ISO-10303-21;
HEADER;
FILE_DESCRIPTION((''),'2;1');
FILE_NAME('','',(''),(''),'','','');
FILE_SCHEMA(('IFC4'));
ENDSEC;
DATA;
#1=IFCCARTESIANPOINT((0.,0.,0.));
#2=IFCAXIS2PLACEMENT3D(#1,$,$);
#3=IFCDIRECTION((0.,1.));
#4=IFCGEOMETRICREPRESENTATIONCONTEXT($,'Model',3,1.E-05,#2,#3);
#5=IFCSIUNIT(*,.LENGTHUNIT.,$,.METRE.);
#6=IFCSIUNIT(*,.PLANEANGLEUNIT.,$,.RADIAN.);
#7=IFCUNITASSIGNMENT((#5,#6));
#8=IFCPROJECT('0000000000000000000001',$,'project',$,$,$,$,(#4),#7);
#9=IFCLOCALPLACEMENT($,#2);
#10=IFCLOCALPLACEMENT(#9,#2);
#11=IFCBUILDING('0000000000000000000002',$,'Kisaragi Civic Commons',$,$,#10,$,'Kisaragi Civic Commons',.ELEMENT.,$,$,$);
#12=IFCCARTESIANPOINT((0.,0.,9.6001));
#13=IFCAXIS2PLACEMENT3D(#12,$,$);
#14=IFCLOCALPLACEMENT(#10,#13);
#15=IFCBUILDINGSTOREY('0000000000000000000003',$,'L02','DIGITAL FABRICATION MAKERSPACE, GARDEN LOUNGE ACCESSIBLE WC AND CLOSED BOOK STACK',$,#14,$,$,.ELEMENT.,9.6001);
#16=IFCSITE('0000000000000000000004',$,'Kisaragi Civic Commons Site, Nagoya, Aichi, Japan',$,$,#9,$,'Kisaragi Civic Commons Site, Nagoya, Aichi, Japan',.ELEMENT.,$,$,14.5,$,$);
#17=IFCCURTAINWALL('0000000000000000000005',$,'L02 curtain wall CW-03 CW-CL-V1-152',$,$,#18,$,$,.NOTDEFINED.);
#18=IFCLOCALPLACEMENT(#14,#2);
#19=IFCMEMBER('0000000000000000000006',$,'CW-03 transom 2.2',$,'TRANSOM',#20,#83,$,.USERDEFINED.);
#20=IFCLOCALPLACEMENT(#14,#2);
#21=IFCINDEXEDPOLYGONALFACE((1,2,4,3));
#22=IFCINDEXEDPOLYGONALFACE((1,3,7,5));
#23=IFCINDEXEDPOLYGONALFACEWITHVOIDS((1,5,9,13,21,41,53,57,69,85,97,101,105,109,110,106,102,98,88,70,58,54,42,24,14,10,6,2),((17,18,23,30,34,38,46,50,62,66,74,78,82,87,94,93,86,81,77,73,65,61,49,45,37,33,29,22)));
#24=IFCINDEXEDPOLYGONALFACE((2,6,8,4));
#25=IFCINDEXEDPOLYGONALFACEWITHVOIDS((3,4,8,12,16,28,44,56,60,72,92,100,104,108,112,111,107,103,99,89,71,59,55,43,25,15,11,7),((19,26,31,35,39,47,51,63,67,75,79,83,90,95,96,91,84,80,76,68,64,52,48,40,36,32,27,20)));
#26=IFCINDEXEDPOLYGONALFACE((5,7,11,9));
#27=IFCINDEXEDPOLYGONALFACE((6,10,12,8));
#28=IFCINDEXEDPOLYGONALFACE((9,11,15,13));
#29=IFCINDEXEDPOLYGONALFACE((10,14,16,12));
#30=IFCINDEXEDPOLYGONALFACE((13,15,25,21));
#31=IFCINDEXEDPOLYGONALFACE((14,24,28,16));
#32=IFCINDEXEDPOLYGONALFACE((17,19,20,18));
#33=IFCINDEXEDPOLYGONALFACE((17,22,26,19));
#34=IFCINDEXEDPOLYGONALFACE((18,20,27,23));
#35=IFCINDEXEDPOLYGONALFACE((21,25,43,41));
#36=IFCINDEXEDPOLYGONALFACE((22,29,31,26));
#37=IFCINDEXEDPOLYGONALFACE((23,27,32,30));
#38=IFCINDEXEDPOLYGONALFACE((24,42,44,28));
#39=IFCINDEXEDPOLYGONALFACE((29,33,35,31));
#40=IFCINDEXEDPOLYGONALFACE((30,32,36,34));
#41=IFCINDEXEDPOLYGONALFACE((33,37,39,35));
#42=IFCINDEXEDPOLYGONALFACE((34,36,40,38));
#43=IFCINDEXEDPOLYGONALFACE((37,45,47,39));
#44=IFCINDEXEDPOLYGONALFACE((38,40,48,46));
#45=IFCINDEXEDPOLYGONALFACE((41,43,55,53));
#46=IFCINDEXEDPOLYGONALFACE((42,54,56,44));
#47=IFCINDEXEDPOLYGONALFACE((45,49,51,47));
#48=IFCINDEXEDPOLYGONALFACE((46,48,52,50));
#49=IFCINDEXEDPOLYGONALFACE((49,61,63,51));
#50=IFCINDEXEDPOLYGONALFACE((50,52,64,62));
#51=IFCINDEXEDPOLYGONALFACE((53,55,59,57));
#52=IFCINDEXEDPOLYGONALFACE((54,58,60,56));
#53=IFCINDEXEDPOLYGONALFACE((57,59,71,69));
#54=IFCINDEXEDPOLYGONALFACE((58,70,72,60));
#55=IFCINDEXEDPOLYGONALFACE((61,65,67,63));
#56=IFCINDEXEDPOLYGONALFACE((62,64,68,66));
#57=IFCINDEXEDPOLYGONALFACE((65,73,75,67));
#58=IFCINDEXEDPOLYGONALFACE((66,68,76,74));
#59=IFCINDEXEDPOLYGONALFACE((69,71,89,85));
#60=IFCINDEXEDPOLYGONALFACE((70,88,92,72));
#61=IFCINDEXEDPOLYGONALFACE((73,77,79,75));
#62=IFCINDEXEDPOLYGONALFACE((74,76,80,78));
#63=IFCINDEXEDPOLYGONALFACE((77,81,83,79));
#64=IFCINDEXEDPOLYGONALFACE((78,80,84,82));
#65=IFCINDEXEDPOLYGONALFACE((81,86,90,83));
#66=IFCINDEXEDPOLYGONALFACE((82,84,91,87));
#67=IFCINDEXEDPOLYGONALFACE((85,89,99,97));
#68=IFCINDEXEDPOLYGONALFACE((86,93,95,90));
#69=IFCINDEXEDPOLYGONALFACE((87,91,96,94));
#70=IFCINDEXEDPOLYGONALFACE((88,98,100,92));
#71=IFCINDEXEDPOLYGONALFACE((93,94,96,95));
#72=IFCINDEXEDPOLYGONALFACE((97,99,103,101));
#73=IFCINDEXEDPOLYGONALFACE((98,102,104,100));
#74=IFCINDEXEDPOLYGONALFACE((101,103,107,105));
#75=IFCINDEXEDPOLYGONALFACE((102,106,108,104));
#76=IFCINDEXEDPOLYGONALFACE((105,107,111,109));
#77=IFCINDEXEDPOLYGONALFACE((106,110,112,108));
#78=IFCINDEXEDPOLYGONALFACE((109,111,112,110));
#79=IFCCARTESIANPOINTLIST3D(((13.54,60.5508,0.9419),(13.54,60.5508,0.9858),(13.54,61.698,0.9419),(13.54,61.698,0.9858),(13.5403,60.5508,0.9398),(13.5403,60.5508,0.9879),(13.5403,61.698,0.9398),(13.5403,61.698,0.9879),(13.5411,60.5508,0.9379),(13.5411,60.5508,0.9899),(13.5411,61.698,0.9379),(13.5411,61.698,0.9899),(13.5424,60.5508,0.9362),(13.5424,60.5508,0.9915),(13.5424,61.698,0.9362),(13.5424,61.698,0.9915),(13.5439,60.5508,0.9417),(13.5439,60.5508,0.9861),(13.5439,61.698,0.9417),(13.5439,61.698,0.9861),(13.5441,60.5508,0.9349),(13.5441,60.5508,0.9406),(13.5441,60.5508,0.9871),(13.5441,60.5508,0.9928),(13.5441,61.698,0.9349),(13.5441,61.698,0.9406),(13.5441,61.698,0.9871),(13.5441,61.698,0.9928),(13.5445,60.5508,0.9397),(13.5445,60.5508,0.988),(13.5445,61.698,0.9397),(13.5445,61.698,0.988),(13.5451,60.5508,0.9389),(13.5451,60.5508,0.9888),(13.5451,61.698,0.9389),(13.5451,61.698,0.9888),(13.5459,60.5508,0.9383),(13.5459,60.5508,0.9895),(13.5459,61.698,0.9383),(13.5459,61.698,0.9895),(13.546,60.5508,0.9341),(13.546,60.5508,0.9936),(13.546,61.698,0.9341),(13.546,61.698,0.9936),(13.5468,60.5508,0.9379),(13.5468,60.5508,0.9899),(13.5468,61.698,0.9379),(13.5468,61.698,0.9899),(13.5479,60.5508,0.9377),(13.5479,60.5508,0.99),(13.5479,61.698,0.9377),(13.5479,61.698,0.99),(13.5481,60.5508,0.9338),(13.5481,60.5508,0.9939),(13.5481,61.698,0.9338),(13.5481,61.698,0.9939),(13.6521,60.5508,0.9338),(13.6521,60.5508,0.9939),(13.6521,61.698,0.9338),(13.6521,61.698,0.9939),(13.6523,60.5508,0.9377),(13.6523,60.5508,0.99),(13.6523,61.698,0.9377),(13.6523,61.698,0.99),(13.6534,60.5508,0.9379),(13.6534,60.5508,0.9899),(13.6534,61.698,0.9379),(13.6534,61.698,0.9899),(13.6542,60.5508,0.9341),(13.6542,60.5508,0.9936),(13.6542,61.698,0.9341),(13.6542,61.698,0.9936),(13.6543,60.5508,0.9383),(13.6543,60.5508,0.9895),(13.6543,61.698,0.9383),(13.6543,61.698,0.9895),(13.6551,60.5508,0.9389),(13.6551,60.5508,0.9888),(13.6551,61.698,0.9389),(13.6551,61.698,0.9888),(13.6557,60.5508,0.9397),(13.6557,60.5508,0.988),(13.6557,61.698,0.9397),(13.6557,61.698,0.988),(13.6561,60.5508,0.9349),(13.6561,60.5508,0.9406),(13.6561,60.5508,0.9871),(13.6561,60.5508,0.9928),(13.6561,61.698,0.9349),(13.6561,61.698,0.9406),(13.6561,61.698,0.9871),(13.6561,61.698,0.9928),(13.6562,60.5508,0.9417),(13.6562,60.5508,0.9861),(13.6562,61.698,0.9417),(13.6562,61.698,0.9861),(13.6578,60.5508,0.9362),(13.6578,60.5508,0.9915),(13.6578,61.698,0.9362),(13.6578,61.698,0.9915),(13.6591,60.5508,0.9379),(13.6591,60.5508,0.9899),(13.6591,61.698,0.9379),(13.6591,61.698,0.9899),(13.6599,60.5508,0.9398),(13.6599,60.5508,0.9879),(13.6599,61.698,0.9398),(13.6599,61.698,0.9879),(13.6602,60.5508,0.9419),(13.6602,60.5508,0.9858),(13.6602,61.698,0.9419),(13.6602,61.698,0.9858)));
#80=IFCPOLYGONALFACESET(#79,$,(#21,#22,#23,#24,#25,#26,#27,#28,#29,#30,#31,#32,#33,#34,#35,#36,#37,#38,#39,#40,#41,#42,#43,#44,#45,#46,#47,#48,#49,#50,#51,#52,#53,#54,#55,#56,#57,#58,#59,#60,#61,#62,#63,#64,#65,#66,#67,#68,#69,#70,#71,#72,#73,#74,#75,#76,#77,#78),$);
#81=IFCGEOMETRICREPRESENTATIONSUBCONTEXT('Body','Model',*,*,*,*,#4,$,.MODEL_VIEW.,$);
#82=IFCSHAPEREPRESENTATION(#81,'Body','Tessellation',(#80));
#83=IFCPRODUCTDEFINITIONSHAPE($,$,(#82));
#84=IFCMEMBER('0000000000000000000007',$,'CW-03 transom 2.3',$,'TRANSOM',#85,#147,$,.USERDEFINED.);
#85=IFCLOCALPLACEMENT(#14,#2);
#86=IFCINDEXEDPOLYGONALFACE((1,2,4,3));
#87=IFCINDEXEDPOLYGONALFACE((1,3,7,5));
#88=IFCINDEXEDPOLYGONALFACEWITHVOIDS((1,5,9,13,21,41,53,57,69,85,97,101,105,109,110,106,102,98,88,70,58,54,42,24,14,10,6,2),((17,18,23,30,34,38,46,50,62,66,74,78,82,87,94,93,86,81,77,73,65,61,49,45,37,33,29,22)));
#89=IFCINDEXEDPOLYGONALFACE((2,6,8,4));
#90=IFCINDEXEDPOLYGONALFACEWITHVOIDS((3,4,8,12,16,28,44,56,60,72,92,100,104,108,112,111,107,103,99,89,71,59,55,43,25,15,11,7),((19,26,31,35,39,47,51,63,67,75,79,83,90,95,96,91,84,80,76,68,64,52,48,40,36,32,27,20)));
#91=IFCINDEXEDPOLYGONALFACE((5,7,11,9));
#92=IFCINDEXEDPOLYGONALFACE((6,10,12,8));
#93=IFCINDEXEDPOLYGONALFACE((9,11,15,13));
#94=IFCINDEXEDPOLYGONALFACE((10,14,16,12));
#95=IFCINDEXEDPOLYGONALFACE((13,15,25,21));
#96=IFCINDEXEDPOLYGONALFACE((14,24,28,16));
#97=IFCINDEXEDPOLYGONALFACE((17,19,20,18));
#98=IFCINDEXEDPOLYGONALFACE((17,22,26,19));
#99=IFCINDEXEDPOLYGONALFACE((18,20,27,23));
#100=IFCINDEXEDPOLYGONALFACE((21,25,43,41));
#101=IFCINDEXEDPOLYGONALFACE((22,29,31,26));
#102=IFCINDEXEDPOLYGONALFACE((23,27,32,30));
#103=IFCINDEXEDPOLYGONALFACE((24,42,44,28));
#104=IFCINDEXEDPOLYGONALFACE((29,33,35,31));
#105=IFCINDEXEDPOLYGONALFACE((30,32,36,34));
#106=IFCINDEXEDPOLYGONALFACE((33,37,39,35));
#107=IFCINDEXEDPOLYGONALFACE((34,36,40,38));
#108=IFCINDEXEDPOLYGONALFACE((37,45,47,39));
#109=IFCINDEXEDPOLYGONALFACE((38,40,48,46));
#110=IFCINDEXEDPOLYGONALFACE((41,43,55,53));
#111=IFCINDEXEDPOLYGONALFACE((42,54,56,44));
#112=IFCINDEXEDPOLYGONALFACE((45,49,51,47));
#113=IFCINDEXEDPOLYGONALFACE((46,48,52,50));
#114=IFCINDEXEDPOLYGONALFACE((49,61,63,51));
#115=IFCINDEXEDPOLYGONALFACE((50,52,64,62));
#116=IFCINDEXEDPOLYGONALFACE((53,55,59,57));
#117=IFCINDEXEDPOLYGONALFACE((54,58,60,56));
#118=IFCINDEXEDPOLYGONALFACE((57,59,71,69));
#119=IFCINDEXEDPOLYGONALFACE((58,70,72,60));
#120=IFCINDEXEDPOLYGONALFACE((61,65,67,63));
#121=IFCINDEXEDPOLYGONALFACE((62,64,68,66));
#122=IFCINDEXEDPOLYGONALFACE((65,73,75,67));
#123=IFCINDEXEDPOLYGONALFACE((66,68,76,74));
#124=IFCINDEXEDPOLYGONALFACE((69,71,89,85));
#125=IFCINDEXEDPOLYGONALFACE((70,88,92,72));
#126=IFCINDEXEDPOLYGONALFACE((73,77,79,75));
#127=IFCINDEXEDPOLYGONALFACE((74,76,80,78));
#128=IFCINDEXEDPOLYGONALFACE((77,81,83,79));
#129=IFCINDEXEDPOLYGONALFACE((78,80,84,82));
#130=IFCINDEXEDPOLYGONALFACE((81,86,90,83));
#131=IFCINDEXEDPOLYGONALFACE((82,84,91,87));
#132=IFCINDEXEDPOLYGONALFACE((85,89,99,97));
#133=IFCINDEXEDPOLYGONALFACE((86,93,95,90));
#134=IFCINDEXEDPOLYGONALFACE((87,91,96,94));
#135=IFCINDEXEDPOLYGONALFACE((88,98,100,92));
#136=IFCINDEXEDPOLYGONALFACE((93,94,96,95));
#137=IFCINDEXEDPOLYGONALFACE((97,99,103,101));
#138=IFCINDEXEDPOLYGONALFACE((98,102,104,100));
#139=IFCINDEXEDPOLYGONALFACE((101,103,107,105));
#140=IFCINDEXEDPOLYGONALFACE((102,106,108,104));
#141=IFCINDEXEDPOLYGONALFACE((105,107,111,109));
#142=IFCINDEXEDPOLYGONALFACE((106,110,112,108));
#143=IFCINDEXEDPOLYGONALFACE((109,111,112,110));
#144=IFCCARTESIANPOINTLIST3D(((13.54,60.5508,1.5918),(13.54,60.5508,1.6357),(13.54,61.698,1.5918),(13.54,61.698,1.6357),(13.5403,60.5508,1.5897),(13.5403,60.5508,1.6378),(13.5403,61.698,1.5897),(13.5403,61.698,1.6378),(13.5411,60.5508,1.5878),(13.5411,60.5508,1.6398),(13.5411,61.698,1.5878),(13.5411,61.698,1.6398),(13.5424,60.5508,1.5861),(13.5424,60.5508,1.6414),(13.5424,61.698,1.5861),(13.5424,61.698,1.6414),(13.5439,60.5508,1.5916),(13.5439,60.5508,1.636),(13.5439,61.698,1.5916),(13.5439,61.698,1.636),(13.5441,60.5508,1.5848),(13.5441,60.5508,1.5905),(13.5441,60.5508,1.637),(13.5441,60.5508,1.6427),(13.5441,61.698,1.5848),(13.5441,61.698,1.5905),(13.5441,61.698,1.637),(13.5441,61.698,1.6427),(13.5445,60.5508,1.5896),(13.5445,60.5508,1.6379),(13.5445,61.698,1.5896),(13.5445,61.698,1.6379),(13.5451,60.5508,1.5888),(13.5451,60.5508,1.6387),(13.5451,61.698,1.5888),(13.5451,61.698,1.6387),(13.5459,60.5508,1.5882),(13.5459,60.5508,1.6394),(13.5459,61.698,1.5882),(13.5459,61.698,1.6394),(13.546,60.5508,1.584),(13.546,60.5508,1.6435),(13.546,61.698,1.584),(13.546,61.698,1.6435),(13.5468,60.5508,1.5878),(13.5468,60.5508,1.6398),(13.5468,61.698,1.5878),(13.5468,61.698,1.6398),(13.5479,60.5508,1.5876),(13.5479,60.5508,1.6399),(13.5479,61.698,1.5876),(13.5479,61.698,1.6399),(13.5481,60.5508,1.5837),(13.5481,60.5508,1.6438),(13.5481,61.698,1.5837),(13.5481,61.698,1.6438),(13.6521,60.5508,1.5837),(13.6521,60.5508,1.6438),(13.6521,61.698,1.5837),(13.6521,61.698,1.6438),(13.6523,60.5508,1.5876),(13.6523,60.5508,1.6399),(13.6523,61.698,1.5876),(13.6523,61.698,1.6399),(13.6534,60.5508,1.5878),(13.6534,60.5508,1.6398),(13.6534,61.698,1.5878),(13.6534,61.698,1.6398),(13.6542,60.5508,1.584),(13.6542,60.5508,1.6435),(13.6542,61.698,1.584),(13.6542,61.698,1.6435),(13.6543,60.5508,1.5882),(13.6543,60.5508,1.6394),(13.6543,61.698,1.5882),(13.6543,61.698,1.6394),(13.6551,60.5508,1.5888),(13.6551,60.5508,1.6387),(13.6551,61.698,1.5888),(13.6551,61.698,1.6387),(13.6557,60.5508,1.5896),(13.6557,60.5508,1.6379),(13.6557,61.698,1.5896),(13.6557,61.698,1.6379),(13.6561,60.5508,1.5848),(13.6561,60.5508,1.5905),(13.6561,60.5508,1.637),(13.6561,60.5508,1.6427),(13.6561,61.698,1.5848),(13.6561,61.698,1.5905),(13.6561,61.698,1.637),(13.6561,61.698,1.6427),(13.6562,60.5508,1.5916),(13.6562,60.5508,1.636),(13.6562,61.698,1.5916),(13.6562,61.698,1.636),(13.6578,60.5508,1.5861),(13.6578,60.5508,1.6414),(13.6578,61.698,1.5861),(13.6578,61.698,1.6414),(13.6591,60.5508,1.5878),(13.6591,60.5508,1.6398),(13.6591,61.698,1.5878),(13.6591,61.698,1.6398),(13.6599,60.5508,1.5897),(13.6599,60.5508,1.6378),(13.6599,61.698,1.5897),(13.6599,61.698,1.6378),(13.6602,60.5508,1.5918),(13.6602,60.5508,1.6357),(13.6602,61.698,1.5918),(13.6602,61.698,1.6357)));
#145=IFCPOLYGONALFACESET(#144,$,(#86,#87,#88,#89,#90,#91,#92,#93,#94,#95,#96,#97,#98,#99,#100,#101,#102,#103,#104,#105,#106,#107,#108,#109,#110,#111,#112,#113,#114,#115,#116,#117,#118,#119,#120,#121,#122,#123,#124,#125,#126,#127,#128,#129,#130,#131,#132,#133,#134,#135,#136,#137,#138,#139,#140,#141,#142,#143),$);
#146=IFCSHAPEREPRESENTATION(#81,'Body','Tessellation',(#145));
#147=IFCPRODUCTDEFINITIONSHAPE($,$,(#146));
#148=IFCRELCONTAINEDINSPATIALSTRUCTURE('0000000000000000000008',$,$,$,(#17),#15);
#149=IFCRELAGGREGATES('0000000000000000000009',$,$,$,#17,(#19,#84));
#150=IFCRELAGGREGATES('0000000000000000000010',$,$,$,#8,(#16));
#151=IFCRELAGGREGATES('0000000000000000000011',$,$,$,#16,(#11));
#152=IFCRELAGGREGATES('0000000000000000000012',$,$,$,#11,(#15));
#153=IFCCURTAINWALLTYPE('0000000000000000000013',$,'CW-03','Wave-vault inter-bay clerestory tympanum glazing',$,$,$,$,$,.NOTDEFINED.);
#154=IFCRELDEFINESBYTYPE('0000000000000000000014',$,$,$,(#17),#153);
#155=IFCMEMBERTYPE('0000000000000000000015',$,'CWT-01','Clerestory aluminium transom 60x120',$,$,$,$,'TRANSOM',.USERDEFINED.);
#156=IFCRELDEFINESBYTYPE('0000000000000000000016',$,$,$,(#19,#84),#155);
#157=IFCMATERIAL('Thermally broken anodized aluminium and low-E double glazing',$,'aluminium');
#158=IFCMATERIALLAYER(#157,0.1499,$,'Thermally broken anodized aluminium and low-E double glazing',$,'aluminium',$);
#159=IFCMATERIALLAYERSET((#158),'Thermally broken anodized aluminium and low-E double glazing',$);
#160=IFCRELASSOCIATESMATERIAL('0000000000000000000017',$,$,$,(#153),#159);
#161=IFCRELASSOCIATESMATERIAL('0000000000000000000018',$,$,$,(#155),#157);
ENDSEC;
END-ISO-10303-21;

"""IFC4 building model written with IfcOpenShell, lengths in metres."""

from ifc_helpers import new_model, si_unit, direction, frame, origin, origin_2d, place, context, subcontext, project, spatial, hollow_rectangle, extrude, material, layer, layer_set, material_profile, profile_set, type_object, element, aggregate, save


model = new_model("IFC4")

# Units and contexts
model_context = context("Model", 3, precision=1e-05, world=origin(), true_north=direction((0.0, 1.0)))
body_context = subcontext(model_context, "Body", "Model", "MODEL_VIEW")
ifc_project = project(units=[si_unit("LENGTHUNIT", "METRE"), si_unit("PLANEANGLEUNIT", "RADIAN")], contexts=[model_context])

# Site, building, storey
site_placement = place(None, origin())
site = spatial("IfcSite", under=ifc_project, at=site_placement, Name="Kisaragi Civic Commons Site, Nagoya, Aichi, Japan", LongName="Kisaragi Civic Commons Site, Nagoya, Aichi, Japan", CompositionType="ELEMENT", RefElevation=14.5)
building_placement = place(site_placement, origin())
building = spatial("IfcBuilding", under=site, at=building_placement, Name="Kisaragi Civic Commons", LongName="Kisaragi Civic Commons", CompositionType="ELEMENT")
storey_placement = place(building_placement, frame((0.0, 0.0, 9.6001)))
storey = spatial("IfcBuildingStorey", under=building, at=storey_placement, Name="L02", Description="DIGITAL FABRICATION MAKERSPACE, GARDEN LOUNGE ACCESSIBLE WC AND CLOSED BOOK STACK", CompositionType="ELEMENT", Elevation=9.6001)

# Curtain wall
ifc_material_1 = material(Name="Thermally broken anodized aluminium and low-E double glazing", Category="aluminium")
ifc_layer_1 = layer(ifc_material_1, 0.1499, Name="Thermally broken anodized aluminium and low-E double glazing", Category="aluminium")
ifc_layer_set_1 = layer_set([ifc_layer_1], Name="Thermally broken anodized aluminium and low-E double glazing")
curtain_wall_type_1 = type_object("IfcCurtainWallType", Name="CW-03", Description="Wave-vault inter-bay clerestory tympanum glazing", PredefinedType="NOTDEFINED", material=ifc_layer_set_1)
curtain_wall_1_placement = place(storey_placement, origin())
curtain_wall_1 = element("IfcCurtainWall", 1, at=curtain_wall_1_placement, inside=storey, type_object=curtain_wall_type_1, Name="L02 curtain wall CW-03 CW-CL-V1-152", PredefinedType="NOTDEFINED")

# Members
ifc_material_profile_1 = material_profile(ifc_material_1, hollow_rectangle(XDim=0.1201, YDim=0.0601, WallThickness=0.0039, InnerFilletRadius=0.0039, OuterFilletRadius=0.0081, at=origin_2d()), Name="CWT-60x120x4", Category="aluminium")
ifc_profile_set_1 = profile_set([ifc_material_profile_1], Name="Thermally broken anodized aluminium and low-E double glazing")
member_type_1 = type_object("IfcMemberType", Name="CWT-01", Description="Clerestory aluminium transom 60x120", ElementType="TRANSOM", PredefinedType="USERDEFINED", material=ifc_profile_set_1)
member_1_placement = place(storey_placement, frame((13.6001, 60.5508, 0.9639), z_axis=(0.0, 1.0, 0.0), x_axis=(-1.0, 0.0, 0.0)))
member_1 = element("IfcMember", 2, at=member_1_placement, type_object=member_type_1, Name="CW-03 transom 2.2", ObjectType="TRANSOM", PredefinedType="USERDEFINED", context=body_context, shape_type="SweptSolid", body=[
    extrude(hollow_rectangle(XDim=0.1201, YDim=0.0601, WallThickness=0.0039, InnerFilletRadius=0.0039, OuterFilletRadius=0.0081, at=origin_2d()), origin(), (0.0, 0.0, 1.0), 1.1472),
])
member_2_placement = place(storey_placement, frame((13.6001, 60.5508, 1.6138), z_axis=(0.0, 1.0, 0.0), x_axis=(-1.0, 0.0, 0.0)))
member_2 = element("IfcMember", 3, at=member_2_placement, type_object=member_type_1, Name="CW-03 transom 2.3", ObjectType="TRANSOM", PredefinedType="USERDEFINED", context=body_context, shape_type="SweptSolid", body=[
    extrude(hollow_rectangle(XDim=0.1201, YDim=0.0601, WallThickness=0.0039, InnerFilletRadius=0.0039, OuterFilletRadius=0.0081, at=origin_2d()), origin(), (0.0, 0.0, 1.0), 1.1472),
])

aggregate(curtain_wall_1, [member_1, member_2])

save(model, "model.ifc")
